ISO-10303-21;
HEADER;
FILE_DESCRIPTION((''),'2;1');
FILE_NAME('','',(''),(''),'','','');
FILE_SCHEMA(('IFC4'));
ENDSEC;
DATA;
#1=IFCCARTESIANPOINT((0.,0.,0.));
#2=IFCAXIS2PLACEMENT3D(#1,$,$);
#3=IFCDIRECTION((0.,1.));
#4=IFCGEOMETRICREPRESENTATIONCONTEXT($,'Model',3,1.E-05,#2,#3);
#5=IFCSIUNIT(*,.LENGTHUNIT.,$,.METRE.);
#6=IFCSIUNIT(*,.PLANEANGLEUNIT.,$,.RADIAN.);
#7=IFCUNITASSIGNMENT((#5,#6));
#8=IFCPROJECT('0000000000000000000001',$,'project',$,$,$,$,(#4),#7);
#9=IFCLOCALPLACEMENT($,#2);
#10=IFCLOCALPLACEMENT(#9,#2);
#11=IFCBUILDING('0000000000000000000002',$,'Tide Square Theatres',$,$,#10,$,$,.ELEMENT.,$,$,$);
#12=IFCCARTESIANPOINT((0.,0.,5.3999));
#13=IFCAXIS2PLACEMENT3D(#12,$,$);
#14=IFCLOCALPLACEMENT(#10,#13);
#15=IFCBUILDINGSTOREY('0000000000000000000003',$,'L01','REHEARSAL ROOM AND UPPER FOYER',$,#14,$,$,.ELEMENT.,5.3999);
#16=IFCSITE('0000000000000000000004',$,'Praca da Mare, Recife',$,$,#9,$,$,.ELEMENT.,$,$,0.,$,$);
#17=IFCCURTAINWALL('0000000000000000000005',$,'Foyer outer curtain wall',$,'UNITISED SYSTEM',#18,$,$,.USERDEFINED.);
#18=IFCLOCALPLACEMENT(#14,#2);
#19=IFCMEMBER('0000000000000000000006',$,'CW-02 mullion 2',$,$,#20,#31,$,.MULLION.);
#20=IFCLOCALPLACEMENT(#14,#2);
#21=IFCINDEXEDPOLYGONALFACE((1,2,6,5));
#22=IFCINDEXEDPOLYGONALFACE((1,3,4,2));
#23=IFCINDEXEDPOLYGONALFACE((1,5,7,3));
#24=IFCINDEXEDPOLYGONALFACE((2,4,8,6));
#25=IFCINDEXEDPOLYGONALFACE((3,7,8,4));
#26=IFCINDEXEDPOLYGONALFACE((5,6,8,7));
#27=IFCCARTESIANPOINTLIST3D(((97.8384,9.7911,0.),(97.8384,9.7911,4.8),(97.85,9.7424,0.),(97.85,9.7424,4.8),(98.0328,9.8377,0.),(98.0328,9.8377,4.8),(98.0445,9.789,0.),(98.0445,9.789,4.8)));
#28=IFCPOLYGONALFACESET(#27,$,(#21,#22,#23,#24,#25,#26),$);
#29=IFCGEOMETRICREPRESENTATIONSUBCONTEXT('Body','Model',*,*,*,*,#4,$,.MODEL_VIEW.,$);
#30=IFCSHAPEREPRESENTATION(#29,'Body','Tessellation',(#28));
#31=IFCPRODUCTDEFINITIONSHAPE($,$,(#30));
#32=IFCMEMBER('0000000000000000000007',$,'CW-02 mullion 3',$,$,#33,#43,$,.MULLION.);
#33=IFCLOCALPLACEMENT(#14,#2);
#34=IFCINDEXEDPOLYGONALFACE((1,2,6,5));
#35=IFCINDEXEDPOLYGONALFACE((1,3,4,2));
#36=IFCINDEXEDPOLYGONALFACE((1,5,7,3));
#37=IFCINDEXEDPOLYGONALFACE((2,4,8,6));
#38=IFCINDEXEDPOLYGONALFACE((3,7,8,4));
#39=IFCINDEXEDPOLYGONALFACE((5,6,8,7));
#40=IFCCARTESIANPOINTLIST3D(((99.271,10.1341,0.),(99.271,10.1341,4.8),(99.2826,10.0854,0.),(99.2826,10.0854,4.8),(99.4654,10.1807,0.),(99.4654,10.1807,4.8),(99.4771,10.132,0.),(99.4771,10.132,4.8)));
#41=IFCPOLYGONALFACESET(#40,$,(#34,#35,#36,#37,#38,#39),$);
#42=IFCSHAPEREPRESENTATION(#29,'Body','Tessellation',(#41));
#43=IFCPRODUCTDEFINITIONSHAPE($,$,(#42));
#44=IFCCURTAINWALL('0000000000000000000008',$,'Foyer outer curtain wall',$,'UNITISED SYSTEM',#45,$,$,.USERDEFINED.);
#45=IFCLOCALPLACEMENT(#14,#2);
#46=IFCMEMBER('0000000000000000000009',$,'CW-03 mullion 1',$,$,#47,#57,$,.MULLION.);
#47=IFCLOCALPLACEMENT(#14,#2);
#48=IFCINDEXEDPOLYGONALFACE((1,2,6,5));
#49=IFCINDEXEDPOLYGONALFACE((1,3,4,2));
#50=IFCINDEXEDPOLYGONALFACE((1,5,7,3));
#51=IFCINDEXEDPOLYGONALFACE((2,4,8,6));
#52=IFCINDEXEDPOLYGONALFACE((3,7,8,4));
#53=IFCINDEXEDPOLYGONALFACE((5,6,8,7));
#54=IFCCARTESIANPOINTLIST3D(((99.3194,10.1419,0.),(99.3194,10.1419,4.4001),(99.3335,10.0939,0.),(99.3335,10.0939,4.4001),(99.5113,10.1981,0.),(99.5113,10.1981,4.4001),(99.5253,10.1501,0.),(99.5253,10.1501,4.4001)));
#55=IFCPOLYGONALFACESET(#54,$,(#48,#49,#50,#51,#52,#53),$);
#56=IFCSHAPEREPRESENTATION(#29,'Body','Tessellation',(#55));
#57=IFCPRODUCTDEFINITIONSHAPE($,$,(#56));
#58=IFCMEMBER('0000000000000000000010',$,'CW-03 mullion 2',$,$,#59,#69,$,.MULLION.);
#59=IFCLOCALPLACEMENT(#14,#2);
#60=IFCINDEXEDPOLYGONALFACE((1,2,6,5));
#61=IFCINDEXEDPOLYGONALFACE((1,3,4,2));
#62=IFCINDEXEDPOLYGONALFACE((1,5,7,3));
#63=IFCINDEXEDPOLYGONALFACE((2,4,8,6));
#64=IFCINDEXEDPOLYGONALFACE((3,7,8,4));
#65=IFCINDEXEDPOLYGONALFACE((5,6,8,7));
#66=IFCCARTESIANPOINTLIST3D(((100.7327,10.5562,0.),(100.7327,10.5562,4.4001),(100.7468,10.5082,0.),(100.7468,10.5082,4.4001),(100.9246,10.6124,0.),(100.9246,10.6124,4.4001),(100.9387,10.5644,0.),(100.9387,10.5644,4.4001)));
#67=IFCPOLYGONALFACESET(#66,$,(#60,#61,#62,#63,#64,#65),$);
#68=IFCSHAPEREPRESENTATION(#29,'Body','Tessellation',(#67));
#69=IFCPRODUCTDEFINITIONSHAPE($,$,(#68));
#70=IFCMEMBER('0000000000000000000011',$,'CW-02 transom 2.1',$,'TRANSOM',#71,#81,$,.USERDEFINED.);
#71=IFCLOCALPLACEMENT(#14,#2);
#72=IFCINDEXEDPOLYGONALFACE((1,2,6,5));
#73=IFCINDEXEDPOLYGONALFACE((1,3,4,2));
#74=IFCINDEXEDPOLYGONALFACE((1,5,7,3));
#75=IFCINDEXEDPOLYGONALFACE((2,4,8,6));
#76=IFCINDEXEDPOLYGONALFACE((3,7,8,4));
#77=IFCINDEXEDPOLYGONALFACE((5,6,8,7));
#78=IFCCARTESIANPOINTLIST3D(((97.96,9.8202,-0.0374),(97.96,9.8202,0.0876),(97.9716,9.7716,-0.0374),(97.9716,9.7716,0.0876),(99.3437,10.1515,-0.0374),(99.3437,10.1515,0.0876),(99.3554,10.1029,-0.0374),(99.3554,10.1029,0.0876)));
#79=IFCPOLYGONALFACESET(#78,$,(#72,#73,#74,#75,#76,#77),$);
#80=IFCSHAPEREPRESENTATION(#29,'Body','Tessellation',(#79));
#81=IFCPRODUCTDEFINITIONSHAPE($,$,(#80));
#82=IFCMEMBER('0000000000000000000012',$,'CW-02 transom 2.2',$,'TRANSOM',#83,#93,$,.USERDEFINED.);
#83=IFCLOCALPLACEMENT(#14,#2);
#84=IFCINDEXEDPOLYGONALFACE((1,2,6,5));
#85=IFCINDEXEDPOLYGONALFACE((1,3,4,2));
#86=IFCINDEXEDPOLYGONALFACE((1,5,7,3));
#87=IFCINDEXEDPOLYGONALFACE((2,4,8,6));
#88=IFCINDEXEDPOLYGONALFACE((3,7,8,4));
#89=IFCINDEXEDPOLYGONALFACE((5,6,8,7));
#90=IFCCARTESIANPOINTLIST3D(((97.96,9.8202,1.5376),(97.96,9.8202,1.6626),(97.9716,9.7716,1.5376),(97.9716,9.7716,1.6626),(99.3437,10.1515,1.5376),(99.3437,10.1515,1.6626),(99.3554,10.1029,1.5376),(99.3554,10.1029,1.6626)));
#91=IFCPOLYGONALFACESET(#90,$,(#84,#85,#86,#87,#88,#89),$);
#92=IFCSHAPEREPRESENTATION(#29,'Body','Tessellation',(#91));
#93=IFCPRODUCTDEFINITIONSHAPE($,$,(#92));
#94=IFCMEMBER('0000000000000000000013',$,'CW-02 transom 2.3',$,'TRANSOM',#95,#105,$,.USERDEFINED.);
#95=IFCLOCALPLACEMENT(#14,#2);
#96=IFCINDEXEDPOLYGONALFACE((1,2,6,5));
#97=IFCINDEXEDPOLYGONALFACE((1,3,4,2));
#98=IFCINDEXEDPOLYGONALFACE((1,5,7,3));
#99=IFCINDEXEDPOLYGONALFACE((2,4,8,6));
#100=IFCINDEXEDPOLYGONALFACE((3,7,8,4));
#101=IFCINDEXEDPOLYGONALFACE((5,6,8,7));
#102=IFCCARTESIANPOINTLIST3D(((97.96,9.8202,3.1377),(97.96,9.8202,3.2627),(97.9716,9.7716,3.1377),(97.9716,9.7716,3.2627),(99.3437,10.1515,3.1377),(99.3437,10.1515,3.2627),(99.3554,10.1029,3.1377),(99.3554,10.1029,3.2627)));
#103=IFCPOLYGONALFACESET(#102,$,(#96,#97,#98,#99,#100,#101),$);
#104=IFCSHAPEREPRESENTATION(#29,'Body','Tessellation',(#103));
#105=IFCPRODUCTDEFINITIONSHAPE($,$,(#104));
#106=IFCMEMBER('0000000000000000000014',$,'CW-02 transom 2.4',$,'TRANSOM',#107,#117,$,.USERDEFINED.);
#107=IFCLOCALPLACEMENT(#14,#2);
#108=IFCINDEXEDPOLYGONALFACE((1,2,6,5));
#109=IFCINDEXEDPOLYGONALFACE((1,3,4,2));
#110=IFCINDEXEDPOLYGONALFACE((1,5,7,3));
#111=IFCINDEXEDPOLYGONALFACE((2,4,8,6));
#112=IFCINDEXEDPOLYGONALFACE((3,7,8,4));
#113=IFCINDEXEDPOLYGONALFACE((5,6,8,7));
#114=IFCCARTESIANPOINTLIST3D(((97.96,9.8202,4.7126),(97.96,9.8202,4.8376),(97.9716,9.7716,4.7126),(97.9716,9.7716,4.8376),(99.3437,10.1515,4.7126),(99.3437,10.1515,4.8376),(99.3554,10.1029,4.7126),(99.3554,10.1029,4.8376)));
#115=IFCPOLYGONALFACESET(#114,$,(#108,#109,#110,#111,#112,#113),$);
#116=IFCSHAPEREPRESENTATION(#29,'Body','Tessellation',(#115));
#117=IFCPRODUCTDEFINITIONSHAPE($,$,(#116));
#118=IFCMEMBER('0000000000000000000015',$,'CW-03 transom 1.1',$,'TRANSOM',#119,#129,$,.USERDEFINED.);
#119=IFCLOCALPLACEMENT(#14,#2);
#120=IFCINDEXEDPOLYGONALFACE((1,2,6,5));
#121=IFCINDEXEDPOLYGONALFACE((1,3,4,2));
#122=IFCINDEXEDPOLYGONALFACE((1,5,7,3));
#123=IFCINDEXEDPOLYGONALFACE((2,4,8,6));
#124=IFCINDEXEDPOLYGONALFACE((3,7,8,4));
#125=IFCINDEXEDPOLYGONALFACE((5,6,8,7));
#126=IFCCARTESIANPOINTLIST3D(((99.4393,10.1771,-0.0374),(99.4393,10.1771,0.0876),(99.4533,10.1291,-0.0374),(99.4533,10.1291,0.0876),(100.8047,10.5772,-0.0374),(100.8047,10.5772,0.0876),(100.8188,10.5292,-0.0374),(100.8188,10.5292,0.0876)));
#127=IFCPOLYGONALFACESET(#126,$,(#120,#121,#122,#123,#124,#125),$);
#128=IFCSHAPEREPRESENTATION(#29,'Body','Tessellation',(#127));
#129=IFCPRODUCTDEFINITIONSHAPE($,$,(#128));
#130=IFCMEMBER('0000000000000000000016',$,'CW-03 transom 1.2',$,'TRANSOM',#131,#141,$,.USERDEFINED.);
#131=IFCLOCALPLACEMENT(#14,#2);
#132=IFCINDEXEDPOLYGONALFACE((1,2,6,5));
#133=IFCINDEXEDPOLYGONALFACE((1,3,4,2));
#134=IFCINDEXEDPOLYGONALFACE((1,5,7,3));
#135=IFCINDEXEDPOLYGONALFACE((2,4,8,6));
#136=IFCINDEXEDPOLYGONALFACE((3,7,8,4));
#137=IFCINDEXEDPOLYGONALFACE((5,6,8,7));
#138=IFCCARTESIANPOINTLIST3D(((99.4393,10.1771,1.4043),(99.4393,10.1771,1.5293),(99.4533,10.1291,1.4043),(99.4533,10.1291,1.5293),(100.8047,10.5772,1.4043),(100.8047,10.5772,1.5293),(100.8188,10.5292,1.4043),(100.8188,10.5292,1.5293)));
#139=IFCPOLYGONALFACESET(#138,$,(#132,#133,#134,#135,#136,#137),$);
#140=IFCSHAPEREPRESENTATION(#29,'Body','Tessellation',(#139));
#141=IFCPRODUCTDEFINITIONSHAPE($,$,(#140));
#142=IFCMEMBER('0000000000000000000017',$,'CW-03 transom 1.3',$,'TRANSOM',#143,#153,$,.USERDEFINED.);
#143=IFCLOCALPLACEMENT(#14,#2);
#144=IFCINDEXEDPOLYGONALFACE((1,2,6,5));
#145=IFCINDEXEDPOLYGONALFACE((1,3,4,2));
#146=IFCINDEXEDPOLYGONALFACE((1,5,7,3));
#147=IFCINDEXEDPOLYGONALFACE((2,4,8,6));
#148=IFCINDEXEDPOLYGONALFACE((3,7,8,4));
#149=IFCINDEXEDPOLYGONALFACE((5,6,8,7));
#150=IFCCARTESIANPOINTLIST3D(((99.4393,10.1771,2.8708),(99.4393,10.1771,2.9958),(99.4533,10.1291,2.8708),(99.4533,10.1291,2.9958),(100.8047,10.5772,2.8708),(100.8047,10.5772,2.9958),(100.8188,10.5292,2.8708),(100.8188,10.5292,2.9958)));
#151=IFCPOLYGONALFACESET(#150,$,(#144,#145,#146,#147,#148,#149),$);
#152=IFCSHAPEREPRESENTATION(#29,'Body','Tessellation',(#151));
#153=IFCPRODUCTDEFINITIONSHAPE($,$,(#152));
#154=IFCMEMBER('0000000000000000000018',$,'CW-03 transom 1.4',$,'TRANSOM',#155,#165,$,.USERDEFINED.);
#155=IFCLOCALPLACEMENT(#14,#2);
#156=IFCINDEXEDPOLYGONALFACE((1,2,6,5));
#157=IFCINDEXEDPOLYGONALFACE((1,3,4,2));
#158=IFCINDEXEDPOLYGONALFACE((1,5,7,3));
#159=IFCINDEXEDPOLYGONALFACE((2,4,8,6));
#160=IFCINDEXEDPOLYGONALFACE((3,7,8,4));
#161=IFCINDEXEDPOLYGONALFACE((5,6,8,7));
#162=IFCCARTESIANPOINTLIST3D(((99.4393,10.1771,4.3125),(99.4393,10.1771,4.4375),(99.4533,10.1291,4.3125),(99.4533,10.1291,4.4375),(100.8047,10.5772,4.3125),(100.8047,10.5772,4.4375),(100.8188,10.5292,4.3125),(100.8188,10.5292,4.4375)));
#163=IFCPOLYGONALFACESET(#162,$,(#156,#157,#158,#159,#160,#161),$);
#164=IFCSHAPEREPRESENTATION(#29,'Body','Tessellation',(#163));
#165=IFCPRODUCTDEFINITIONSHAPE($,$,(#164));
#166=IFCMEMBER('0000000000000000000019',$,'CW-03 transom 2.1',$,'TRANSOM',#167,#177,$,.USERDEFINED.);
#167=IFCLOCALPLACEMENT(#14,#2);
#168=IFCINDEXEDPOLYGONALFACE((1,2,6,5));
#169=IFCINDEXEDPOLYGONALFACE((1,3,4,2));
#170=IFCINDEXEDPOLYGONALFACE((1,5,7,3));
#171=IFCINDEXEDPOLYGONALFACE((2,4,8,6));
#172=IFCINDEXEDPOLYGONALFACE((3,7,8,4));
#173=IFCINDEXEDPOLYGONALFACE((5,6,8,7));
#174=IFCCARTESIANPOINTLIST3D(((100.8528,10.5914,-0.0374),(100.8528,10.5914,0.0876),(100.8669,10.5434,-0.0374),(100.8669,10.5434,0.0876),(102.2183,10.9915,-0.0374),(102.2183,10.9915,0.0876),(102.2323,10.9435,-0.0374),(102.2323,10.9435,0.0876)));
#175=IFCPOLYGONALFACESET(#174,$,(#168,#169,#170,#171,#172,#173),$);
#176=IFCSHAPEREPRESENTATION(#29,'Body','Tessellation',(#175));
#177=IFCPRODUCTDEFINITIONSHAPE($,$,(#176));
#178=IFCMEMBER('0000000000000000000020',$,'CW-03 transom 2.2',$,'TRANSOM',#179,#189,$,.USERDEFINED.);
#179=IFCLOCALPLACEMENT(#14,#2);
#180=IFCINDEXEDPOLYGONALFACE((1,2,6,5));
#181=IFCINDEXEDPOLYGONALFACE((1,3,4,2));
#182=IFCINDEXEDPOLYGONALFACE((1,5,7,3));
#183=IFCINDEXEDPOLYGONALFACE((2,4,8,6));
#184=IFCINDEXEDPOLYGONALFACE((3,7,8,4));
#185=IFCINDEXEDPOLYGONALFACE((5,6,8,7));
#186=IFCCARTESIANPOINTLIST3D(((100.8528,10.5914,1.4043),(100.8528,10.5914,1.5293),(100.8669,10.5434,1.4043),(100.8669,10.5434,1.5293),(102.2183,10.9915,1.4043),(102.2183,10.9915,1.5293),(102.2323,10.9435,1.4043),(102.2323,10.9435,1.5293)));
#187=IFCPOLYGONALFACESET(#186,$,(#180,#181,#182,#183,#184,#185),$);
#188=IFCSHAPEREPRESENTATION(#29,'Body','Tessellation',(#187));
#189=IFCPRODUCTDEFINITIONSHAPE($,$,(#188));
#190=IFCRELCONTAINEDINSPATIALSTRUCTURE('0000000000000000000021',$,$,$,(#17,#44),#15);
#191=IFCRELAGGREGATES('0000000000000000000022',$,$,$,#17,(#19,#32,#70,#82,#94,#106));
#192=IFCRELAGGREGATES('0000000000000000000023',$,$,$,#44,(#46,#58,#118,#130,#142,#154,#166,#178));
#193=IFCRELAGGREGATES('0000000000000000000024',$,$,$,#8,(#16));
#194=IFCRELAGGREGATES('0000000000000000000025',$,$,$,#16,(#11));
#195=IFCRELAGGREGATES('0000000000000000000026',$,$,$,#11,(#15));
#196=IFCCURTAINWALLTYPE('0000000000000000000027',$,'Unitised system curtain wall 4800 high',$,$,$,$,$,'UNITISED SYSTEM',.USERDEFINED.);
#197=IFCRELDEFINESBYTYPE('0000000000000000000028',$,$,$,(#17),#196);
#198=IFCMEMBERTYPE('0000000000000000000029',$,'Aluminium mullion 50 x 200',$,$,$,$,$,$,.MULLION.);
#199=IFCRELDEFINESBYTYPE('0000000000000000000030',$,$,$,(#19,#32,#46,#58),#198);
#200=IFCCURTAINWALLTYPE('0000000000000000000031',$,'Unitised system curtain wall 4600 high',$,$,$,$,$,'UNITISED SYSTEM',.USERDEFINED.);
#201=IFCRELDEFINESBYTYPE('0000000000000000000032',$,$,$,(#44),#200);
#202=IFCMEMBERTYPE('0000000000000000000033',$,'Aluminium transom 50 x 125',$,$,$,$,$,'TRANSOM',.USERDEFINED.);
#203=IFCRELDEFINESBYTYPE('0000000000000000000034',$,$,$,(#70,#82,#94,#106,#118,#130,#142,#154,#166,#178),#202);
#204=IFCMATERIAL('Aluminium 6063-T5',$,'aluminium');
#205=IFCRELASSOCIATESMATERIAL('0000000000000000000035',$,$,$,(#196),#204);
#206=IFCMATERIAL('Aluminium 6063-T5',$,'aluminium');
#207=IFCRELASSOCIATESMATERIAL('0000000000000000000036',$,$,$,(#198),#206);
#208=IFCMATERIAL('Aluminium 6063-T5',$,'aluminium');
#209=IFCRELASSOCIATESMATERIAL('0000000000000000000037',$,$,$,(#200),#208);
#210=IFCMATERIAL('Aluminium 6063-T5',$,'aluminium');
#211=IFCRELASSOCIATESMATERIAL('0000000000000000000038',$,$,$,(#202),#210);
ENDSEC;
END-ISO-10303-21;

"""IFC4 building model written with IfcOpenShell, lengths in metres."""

from ifc_helpers import new_model, si_unit, direction, frame, origin, origin_2d, place, context, subcontext, project, spatial, rectangle, extrude, material, material_profile, profile_set, type_object, element, aggregate, save


model = new_model("IFC4")

# Units and contexts
model_context = context("Model", 3, precision=1e-05, world=origin(), true_north=direction((0.0, 1.0)))
body_context = subcontext(model_context, "Body", "Model", "MODEL_VIEW")
ifc_project = project(units=[si_unit("LENGTHUNIT", "METRE"), si_unit("PLANEANGLEUNIT", "RADIAN")], contexts=[model_context])

# Site, building, storey
site_placement = place(None, origin())
site = spatial("IfcSite", under=ifc_project, at=site_placement, Name="Praca da Mare, Recife", CompositionType="ELEMENT", RefElevation=0.0)
building_placement = place(site_placement, origin())
building = spatial("IfcBuilding", under=site, at=building_placement, Name="Tide Square Theatres", CompositionType="ELEMENT")
storey_placement = place(building_placement, frame((0.0, 0.0, 5.3999)))
storey = spatial("IfcBuildingStorey", under=building, at=storey_placement, Name="L01", Description="REHEARSAL ROOM AND UPPER FOYER", CompositionType="ELEMENT", Elevation=5.3999)

# Curtain walls, members
ifc_material_1 = material(Name="Aluminium 6063-T5", Category="aluminium")
curtain_wall_type_1 = type_object("IfcCurtainWallType", Name="Unitised system curtain wall 4800 high", ElementType="UNITISED SYSTEM", PredefinedType="USERDEFINED", material=ifc_material_1)
curtain_wall_1_placement = place(storey_placement, origin())
curtain_wall_1 = element("IfcCurtainWall", 1, at=curtain_wall_1_placement, inside=storey, type_object=curtain_wall_type_1, Name="Foyer outer curtain wall", ObjectType="UNITISED SYSTEM", PredefinedType="USERDEFINED")
ifc_material_2 = material(Name="Aluminium 6063-T5", Category="aluminium")
ifc_material_profile_1 = material_profile(ifc_material_2, rectangle(XDim=0.05, YDim=0.2, at=origin_2d()))
ifc_profile_set_1 = profile_set([ifc_material_profile_1], Name="Aluminium 6063-T5")
member_type_1 = type_object("IfcMemberType", Name="Aluminium mullion 50 x 200", PredefinedType="MULLION", material=ifc_profile_set_1)
member_1_placement = place(storey_placement, frame((97.9414, 9.79, 0.0), z_axis=(0.0, 0.0, 1.0), x_axis=(-0.232911, 0.972498, 0.0)))
member_1 = element("IfcMember", 2, at=member_1_placement, type_object=member_type_1, Name="CW-02 mullion 2", PredefinedType="MULLION", context=body_context, shape_type="SweptSolid", body=[
    extrude(rectangle(XDim=0.05, YDim=0.2, at=origin_2d()), origin(), (0.0, 0.0, 1.0), 4.8),
])
member_2_placement = place(storey_placement, frame((99.374, 10.1331, 0.0), z_axis=(0.0, 0.0, 1.0), x_axis=(-0.232911, 0.972498, 0.0)))
member_2 = element("IfcMember", 3, at=member_2_placement, type_object=member_type_1, Name="CW-02 mullion 3", PredefinedType="MULLION", context=body_context, shape_type="SweptSolid", body=[
    extrude(rectangle(XDim=0.05, YDim=0.2, at=origin_2d()), origin(), (0.0, 0.0, 1.0), 4.8),
])
ifc_material_3 = material(Name="Aluminium 6063-T5", Category="aluminium")
curtain_wall_type_2 = type_object("IfcCurtainWallType", Name="Unitised system curtain wall 4600 high", ElementType="UNITISED SYSTEM", PredefinedType="USERDEFINED", material=ifc_material_3)
curtain_wall_2_placement = place(storey_placement, origin())
curtain_wall_2 = element("IfcCurtainWall", 4, at=curtain_wall_2_placement, inside=storey, type_object=curtain_wall_type_2, Name="Foyer outer curtain wall", ObjectType="UNITISED SYSTEM", PredefinedType="USERDEFINED")
member_3_placement = place(storey_placement, frame((99.4224, 10.146, 0.0), z_axis=(0.0, 0.0, 1.0), x_axis=(-0.281279, 0.959626, 0.0)))
member_3 = element("IfcMember", 5, at=member_3_placement, type_object=member_type_1, Name="CW-03 mullion 1", PredefinedType="MULLION", context=body_context, shape_type="SweptSolid", body=[
    extrude(rectangle(XDim=0.05, YDim=0.2, at=origin_2d()), origin(), (0.0, 0.0, 1.0), 4.4001),
])
member_4_placement = place(storey_placement, frame((100.8357, 10.5603, 0.0), z_axis=(0.0, 0.0, 1.0), x_axis=(-0.281279, 0.959626, 0.0)))
member_4 = element("IfcMember", 6, at=member_4_placement, type_object=member_type_1, Name="CW-03 mullion 2", PredefinedType="MULLION", context=body_context, shape_type="SweptSolid", body=[
    extrude(rectangle(XDim=0.05, YDim=0.2, at=origin_2d()), origin(), (0.0, 0.0, 1.0), 4.4001),
])

# Members
ifc_material_4 = material(Name="Aluminium 6063-T5", Category="aluminium")
ifc_material_profile_2 = material_profile(ifc_material_4, rectangle(XDim=0.05, YDim=0.125, at=origin_2d()))
ifc_profile_set_2 = profile_set([ifc_material_profile_2], Name="Aluminium 6063-T5")
member_type_2 = type_object("IfcMemberType", Name="Aluminium transom 50 x 125", ElementType="TRANSOM", PredefinedType="USERDEFINED", material=ifc_profile_set_2)
member_5_placement = place(storey_placement, frame((97.9658, 9.7959, 0.0251), z_axis=(0.972516, 0.232834, 0.0), x_axis=(-0.232834, 0.972516, 0.0)))
member_5 = element("IfcMember", 7, at=member_5_placement, type_object=member_type_2, Name="CW-02 transom 2.1", ObjectType="TRANSOM", PredefinedType="USERDEFINED", context=body_context, shape_type="SweptSolid", body=[
    extrude(rectangle(XDim=0.05, YDim=0.125, at=origin_2d()), origin(), (0.0, 0.0, 1.0), 1.4229),
])
member_6_placement = place(storey_placement, frame((97.9658, 9.7959, 1.6001), z_axis=(0.972516, 0.232834, 0.0), x_axis=(-0.232834, 0.972516, 0.0)))
member_6 = element("IfcMember", 8, at=member_6_placement, type_object=member_type_2, Name="CW-02 transom 2.2", ObjectType="TRANSOM", PredefinedType="USERDEFINED", context=body_context, shape_type="SweptSolid", body=[
    extrude(rectangle(XDim=0.05, YDim=0.125, at=origin_2d()), origin(), (0.0, 0.0, 1.0), 1.4229),
])
member_7_placement = place(storey_placement, frame((97.9658, 9.7959, 3.2002), z_axis=(0.972516, 0.232834, 0.0), x_axis=(-0.232834, 0.972516, 0.0)))
member_7 = element("IfcMember", 9, at=member_7_placement, type_object=member_type_2, Name="CW-02 transom 2.3", ObjectType="TRANSOM", PredefinedType="USERDEFINED", context=body_context, shape_type="SweptSolid", body=[
    extrude(rectangle(XDim=0.05, YDim=0.125, at=origin_2d()), origin(), (0.0, 0.0, 1.0), 1.4229),
])
member_8_placement = place(storey_placement, frame((97.9658, 9.7959, 4.7751), z_axis=(0.972516, 0.232834, 0.0), x_axis=(-0.232834, 0.972516, 0.0)))
member_8 = element("IfcMember", 10, at=member_8_placement, type_object=member_type_2, Name="CW-02 transom 2.4", ObjectType="TRANSOM", PredefinedType="USERDEFINED", context=body_context, shape_type="SweptSolid", body=[
    extrude(rectangle(XDim=0.05, YDim=0.125, at=origin_2d()), origin(), (0.0, 0.0, 1.0), 1.4229),
])
member_9_placement = place(storey_placement, frame((99.4463, 10.1531, 0.0251), z_axis=(0.959644, 0.281219, 0.0), x_axis=(-0.281219, 0.959644, 0.0)))
member_9 = element("IfcMember", 11, at=member_9_placement, type_object=member_type_2, Name="CW-03 transom 1.1", ObjectType="TRANSOM", PredefinedType="USERDEFINED", context=body_context, shape_type="SweptSolid", body=[
    extrude(rectangle(XDim=0.05, YDim=0.125, at=origin_2d()), origin(), (0.0, 0.0, 1.0), 1.4229),
])
member_10_placement = place(storey_placement, frame((99.4463, 10.1531, 1.4668), z_axis=(0.959644, 0.281219, 0.0), x_axis=(-0.281219, 0.959644, 0.0)))
member_10 = element("IfcMember", 12, at=member_10_placement, type_object=member_type_2, Name="CW-03 transom 1.2", ObjectType="TRANSOM", PredefinedType="USERDEFINED", context=body_context, shape_type="SweptSolid", body=[
    extrude(rectangle(XDim=0.05, YDim=0.125, at=origin_2d()), origin(), (0.0, 0.0, 1.0), 1.4229),
])
member_11_placement = place(storey_placement, frame((99.4463, 10.1531, 2.9333), z_axis=(0.959644, 0.281219, 0.0), x_axis=(-0.281219, 0.959644, 0.0)))
member_11 = element("IfcMember", 13, at=member_11_placement, type_object=member_type_2, Name="CW-03 transom 1.3", ObjectType="TRANSOM", PredefinedType="USERDEFINED", context=body_context, shape_type="SweptSolid", body=[
    extrude(rectangle(XDim=0.05, YDim=0.125, at=origin_2d()), origin(), (0.0, 0.0, 1.0), 1.4229),
])
member_12_placement = place(storey_placement, frame((99.4463, 10.1531, 4.375), z_axis=(0.959644, 0.281219, 0.0), x_axis=(-0.281219, 0.959644, 0.0)))
member_12 = element("IfcMember", 14, at=member_12_placement, type_object=member_type_2, Name="CW-03 transom 1.4", ObjectType="TRANSOM", PredefinedType="USERDEFINED", context=body_context, shape_type="SweptSolid", body=[
    extrude(rectangle(XDim=0.05, YDim=0.125, at=origin_2d()), origin(), (0.0, 0.0, 1.0), 1.4229),
])
member_13_placement = place(storey_placement, frame((100.8599, 10.5674, 0.0251), z_axis=(0.959644, 0.281219, 0.0), x_axis=(-0.281219, 0.959644, 0.0)))
member_13 = element("IfcMember", 15, at=member_13_placement, type_object=member_type_2, Name="CW-03 transom 2.1", ObjectType="TRANSOM", PredefinedType="USERDEFINED", context=body_context, shape_type="SweptSolid", body=[
    extrude(rectangle(XDim=0.05, YDim=0.125, at=origin_2d()), origin(), (0.0, 0.0, 1.0), 1.4229),
])
member_14_placement = place(storey_placement, frame((100.8599, 10.5674, 1.4668), z_axis=(0.959644, 0.281219, 0.0), x_axis=(-0.281219, 0.959644, 0.0)))
member_14 = element("IfcMember", 16, at=member_14_placement, type_object=member_type_2, Name="CW-03 transom 2.2", ObjectType="TRANSOM", PredefinedType="USERDEFINED", context=body_context, shape_type="SweptSolid", body=[
    extrude(rectangle(XDim=0.05, YDim=0.125, at=origin_2d()), origin(), (0.0, 0.0, 1.0), 1.4229),
])

aggregate(curtain_wall_1, [member_1, member_2, member_5, member_6, member_7, member_8])
aggregate(curtain_wall_2, [member_3, member_4, member_9, member_10, member_11, member_12, member_13, member_14])

save(model, "model.ifc")
